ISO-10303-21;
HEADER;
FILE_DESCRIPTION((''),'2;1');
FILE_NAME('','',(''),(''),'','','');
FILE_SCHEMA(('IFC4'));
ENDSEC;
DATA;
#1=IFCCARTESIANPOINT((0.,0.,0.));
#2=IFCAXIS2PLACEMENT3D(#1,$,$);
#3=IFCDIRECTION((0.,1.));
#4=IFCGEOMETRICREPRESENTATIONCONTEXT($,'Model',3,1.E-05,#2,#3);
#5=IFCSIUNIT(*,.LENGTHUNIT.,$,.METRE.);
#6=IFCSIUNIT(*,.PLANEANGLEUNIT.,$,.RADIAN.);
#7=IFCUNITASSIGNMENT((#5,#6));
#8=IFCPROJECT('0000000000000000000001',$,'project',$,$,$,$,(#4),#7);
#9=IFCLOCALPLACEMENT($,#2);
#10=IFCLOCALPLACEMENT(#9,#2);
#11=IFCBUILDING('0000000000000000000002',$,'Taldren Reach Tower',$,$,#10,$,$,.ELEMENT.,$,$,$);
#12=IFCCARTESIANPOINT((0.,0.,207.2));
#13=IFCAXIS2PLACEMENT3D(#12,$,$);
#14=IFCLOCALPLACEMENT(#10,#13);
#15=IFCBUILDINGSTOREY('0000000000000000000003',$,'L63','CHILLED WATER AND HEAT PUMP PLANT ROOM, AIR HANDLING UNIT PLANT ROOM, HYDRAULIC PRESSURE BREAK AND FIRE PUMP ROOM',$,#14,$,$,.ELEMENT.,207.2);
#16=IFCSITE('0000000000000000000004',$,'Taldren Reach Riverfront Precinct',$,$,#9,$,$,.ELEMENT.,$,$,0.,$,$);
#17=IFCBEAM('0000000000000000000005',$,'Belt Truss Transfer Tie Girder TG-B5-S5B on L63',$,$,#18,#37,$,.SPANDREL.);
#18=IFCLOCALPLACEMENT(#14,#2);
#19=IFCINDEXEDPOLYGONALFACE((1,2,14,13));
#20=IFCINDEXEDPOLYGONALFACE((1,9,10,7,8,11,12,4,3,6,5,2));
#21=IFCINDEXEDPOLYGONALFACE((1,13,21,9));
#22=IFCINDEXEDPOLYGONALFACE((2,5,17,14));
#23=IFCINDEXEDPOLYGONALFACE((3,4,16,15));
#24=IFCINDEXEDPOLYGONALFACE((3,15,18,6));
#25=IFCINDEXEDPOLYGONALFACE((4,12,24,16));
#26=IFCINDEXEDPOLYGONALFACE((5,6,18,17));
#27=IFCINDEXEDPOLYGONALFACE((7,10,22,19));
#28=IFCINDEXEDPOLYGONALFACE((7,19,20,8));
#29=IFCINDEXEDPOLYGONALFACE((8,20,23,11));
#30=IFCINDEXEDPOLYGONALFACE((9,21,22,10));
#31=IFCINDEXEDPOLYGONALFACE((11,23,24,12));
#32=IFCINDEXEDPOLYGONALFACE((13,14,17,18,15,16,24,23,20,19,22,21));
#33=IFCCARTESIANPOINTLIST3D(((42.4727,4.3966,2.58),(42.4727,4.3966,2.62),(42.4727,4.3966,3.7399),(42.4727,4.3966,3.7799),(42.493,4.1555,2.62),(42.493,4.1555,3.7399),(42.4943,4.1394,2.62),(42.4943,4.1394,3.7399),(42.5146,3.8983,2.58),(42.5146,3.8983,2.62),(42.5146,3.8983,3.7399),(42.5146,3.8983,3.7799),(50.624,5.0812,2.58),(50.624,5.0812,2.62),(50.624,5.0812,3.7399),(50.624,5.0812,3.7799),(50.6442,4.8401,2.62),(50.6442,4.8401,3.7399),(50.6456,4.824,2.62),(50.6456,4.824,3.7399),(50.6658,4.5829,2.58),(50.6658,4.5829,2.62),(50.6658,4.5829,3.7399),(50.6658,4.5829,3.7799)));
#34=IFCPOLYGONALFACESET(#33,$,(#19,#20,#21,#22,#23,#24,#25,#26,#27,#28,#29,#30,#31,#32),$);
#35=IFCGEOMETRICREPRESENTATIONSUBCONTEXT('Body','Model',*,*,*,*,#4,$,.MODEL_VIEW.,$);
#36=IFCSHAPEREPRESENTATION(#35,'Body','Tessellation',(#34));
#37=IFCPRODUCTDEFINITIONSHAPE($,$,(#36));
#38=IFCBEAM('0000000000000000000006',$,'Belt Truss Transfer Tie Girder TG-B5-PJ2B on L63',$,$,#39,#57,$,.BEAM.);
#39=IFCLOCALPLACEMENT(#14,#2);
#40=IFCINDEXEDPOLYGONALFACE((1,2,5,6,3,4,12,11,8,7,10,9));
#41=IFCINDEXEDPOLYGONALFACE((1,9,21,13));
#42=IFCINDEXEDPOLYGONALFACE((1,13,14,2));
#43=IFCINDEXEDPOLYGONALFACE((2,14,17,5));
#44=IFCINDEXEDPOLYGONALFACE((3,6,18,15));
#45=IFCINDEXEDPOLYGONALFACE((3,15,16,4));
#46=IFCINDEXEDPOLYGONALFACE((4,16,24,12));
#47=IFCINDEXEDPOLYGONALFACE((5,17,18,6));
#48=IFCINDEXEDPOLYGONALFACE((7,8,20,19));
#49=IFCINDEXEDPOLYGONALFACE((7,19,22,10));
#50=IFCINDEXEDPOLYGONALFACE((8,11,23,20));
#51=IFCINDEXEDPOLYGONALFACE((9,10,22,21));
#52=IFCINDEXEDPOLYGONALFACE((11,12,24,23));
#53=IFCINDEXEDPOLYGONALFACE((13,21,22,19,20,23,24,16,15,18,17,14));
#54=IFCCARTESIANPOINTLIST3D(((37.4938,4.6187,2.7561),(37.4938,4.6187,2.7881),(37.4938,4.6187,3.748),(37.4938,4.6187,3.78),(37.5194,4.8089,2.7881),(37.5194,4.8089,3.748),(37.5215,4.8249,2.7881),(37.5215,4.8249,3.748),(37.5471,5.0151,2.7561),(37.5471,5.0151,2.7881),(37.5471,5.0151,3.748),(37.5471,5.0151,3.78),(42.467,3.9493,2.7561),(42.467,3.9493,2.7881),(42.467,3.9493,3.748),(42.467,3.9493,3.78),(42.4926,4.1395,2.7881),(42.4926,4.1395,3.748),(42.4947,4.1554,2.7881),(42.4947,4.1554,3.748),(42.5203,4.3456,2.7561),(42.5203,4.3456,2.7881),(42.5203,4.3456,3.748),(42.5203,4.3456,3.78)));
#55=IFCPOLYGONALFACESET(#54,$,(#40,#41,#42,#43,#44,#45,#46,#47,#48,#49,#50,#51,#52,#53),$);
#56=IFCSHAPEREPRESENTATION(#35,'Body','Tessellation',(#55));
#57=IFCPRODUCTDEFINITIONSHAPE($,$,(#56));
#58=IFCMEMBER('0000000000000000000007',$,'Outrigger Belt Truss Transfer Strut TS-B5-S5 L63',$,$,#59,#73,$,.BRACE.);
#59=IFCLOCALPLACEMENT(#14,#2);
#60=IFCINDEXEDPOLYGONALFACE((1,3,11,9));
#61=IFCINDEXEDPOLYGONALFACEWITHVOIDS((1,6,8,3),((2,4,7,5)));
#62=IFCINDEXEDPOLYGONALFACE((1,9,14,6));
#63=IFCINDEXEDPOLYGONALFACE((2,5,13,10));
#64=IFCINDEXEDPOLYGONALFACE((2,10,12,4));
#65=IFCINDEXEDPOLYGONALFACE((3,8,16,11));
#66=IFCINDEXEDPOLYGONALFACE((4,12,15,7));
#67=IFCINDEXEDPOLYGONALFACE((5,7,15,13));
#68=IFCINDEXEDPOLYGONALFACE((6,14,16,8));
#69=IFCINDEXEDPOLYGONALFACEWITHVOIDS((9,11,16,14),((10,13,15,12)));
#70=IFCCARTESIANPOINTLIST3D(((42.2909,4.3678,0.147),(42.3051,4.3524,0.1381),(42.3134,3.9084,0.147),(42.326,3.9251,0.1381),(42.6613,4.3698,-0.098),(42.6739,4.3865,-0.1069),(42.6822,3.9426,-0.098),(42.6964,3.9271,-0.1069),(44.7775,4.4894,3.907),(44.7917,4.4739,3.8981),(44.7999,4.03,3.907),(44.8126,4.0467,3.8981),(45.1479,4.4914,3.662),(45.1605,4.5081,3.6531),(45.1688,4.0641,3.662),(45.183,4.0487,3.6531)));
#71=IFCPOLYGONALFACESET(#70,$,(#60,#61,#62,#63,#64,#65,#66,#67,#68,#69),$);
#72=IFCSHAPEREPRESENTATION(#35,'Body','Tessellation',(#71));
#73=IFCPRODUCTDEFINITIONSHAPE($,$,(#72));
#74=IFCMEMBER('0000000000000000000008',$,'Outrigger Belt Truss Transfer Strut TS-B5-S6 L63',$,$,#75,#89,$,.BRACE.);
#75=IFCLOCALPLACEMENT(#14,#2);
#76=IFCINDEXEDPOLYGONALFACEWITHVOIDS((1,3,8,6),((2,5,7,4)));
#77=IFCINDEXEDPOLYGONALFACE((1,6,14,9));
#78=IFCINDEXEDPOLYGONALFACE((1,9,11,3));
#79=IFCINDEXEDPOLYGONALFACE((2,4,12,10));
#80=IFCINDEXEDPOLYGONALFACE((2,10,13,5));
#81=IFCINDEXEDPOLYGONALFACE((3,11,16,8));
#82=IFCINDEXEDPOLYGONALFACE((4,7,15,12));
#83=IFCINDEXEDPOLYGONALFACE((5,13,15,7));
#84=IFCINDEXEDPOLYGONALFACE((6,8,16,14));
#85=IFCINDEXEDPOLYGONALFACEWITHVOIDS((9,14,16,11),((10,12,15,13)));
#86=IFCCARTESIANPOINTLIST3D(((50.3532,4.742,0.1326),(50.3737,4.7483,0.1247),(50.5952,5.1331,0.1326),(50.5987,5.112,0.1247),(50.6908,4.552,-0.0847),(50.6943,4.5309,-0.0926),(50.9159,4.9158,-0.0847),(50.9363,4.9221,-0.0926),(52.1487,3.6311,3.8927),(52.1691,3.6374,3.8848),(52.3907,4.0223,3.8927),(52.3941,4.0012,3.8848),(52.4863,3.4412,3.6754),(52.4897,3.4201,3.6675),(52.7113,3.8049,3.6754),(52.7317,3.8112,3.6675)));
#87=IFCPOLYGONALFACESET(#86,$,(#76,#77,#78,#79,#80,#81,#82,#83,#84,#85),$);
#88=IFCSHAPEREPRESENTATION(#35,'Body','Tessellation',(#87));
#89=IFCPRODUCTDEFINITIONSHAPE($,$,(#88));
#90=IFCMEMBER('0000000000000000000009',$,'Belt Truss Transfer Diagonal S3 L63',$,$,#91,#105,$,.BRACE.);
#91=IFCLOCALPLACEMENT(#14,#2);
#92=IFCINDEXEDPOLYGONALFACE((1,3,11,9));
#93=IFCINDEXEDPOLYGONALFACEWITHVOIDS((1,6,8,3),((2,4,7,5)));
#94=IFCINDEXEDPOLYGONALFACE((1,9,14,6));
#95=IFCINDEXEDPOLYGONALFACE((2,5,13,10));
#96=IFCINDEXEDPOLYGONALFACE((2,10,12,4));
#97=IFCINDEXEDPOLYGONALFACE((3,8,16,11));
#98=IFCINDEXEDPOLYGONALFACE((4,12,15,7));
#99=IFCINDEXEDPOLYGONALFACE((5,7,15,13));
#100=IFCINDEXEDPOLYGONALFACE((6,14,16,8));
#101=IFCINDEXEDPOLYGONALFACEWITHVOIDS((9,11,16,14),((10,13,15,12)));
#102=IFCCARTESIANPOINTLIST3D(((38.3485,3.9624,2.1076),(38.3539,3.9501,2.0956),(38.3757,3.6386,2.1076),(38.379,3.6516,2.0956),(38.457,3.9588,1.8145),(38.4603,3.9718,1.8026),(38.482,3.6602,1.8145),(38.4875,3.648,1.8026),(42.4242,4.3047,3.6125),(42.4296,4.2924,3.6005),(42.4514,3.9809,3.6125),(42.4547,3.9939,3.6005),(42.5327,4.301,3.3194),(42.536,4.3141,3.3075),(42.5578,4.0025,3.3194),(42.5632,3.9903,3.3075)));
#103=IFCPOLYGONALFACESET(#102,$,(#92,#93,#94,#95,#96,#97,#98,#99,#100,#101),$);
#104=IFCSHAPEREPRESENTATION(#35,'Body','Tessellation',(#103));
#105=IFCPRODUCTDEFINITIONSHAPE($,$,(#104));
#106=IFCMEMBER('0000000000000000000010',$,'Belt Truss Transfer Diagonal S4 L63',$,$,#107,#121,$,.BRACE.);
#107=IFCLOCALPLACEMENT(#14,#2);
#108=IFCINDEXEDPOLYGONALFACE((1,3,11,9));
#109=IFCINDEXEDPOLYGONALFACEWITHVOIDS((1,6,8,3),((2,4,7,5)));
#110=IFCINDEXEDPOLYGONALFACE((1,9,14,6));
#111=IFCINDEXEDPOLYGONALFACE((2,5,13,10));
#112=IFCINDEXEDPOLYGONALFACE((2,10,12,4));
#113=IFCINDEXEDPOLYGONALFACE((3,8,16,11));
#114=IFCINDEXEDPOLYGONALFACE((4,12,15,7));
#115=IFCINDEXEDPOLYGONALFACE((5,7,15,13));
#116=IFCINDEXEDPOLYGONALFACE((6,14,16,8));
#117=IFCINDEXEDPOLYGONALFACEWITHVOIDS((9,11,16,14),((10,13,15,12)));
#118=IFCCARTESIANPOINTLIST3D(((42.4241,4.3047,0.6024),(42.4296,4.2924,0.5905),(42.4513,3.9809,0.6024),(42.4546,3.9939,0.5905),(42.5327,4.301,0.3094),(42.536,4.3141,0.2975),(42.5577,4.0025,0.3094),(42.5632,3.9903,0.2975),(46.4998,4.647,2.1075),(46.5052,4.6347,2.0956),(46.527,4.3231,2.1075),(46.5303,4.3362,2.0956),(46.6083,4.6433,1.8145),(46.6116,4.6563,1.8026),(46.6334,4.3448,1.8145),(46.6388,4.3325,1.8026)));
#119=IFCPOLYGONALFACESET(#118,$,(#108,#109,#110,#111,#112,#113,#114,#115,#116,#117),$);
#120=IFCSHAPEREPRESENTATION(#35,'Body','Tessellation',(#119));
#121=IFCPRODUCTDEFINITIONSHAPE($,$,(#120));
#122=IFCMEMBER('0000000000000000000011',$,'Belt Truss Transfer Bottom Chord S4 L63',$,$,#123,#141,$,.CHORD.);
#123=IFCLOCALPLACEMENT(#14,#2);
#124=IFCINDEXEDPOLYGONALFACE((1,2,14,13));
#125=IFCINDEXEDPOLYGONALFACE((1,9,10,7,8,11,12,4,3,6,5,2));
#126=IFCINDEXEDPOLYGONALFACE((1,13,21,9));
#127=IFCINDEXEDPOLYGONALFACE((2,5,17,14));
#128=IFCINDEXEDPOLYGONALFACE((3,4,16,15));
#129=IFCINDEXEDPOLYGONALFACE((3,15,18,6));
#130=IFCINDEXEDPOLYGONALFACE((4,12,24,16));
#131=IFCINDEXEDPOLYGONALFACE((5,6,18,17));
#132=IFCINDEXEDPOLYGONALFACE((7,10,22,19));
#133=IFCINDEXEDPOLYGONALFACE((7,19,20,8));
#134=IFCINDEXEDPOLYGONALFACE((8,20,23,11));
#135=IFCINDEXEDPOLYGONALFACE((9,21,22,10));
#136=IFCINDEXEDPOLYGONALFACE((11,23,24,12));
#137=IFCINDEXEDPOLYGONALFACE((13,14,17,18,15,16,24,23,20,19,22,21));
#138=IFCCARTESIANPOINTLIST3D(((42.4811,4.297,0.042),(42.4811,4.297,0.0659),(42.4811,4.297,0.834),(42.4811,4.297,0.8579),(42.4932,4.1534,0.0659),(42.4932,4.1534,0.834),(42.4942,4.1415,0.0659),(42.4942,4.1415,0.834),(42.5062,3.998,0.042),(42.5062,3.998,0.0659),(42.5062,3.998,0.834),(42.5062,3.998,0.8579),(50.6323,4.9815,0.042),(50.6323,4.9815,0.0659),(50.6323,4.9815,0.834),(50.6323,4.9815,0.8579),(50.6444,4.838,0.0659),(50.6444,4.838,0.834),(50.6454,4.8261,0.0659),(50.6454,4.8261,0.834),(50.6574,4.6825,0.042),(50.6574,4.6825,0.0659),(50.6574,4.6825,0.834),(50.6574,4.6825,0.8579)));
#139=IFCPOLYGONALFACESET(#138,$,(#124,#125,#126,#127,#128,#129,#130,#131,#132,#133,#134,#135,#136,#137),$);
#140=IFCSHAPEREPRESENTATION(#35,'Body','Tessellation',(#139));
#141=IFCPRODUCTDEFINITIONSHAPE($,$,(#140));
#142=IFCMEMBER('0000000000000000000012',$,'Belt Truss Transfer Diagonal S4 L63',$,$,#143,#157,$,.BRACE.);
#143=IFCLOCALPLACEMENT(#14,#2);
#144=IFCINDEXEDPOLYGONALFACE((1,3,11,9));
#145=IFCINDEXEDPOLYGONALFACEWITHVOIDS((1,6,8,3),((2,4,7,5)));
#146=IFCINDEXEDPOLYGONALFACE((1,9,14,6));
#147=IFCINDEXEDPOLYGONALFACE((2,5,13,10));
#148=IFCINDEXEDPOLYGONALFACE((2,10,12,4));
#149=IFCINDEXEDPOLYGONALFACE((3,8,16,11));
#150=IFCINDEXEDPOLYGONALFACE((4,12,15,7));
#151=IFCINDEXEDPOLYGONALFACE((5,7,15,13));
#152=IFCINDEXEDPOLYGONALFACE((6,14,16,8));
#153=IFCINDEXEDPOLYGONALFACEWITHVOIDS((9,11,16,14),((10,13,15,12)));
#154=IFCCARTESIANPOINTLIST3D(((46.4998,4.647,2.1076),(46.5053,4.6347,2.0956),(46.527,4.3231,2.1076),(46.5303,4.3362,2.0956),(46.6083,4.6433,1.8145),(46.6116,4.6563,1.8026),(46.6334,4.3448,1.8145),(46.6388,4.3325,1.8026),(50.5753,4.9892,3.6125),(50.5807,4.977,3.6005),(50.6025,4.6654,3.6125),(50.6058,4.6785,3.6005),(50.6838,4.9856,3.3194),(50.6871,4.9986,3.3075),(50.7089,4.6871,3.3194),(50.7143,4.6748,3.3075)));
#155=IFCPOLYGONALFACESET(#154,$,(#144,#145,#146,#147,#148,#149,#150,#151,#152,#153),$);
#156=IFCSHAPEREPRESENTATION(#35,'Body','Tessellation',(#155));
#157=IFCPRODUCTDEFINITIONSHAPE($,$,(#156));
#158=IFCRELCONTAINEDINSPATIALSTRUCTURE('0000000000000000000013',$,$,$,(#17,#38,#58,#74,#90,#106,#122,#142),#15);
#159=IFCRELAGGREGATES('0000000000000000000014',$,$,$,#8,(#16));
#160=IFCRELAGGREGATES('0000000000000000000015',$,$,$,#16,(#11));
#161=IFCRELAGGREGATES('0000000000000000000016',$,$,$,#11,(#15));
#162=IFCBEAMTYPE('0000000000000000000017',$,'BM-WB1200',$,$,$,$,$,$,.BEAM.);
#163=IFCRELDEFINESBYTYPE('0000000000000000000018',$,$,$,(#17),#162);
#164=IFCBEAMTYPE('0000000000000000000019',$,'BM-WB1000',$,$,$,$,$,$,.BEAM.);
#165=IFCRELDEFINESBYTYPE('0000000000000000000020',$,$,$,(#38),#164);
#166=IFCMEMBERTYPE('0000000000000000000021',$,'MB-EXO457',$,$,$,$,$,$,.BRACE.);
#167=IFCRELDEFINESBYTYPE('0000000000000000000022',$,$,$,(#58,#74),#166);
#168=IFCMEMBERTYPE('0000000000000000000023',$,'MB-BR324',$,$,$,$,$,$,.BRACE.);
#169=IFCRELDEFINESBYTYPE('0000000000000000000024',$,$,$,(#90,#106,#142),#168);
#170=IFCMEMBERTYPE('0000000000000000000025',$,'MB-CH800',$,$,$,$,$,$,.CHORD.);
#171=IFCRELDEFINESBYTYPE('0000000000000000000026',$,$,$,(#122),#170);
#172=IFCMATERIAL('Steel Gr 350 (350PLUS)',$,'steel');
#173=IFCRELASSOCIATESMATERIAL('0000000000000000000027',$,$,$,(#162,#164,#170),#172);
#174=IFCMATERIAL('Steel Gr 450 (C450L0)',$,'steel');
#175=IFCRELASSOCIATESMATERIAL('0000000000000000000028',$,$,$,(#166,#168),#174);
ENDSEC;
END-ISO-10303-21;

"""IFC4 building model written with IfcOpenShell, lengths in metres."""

from ifc_helpers import new_model, si_unit, direction, frame, origin, origin_2d, place, context, subcontext, project, spatial, hollow_rectangle, i_section, extrude, source, transform, mapped, material, material_profile, profile_set, type_object, element, save


model = new_model("IFC4")

# Units and contexts
model_context = context("Model", 3, precision=1e-05, world=origin(), true_north=direction((0.0, 1.0)))
body_context = subcontext(model_context, "Body", "Model", "MODEL_VIEW")
ifc_project = project(units=[si_unit("LENGTHUNIT", "METRE"), si_unit("PLANEANGLEUNIT", "RADIAN")], contexts=[model_context])

# Site, building, storey
site_placement = place(None, origin())
site = spatial("IfcSite", under=ifc_project, at=site_placement, Name="Taldren Reach Riverfront Precinct", CompositionType="ELEMENT", RefElevation=0.0)
building_placement = place(site_placement, origin())
building = spatial("IfcBuilding", under=site, at=building_placement, Name="Taldren Reach Tower", CompositionType="ELEMENT")
storey_placement = place(building_placement, frame((0.0, 0.0, 207.2)))
storey = spatial("IfcBuildingStorey", under=building, at=storey_placement, Name="L63", Description="CHILLED WATER AND HEAT PUMP PLANT ROOM, AIR HANDLING UNIT PLANT ROOM, HYDRAULIC PRESSURE BREAK AND FIRE PUMP ROOM", CompositionType="ELEMENT", Elevation=207.2)

# Shared definitions
ifc_material_1 = material(Name="Steel Gr 350 (350PLUS)", Category="steel")

# Shared definitions
ifc_material_2 = material(Name="Steel Gr 450 (C450L0)", Category="steel")

# Beams
ifc_material_profile_1 = material_profile(ifc_material_1, i_section(OverallWidth=0.5, OverallDepth=1.2, WebThickness=0.0161, FlangeThickness=0.04, at=origin_2d()), Name="1200WB455")
ifc_profile_set_1 = profile_set([ifc_material_profile_1], Name="Steel Gr 350 (350PLUS)")
beam_type_1 = type_object("IfcBeamType", Name="BM-WB1200", PredefinedType="BEAM", material=ifc_profile_set_1)
shared_shape_1 = source(origin(), body_context, "Body", "SweptSolid", [
    extrude(i_section(OverallWidth=0.5, OverallDepth=1.2, WebThickness=0.0161, FlangeThickness=0.04, at=origin_2d()), origin(), (0.0, 0.0, 1.0), 8.1799),
])
beam_1_placement = place(storey_placement, frame((42.4937, 4.1475, 3.1799), z_axis=(0.996492, 0.08369, 0.0), x_axis=(-0.08369, 0.996492, 0.0)))
element("IfcBeam", 1, at=beam_1_placement, inside=storey, type_object=beam_type_1, Name="Belt Truss Transfer Tie Girder TG-B5-S5B on L63", PredefinedType="SPANDREL", context=body_context, shape_type="MappedRepresentation", body=[
    mapped(shared_shape_1, transform((0.0, 0.0, 0.0), scale=1.0)),
])
ifc_material_profile_2 = material_profile(ifc_material_1, i_section(OverallWidth=0.3999, OverallDepth=1.0239, WebThickness=0.0161, FlangeThickness=0.032, at=origin_2d()), Name="1000WB322")
ifc_profile_set_2 = profile_set([ifc_material_profile_2], Name="Steel Gr 350 (350PLUS)")
beam_type_2 = type_object("IfcBeamType", Name="BM-WB1000", PredefinedType="BEAM", material=ifc_profile_set_2)
shared_shape_2 = source(origin(), body_context, "Body", "SweptSolid", [
    extrude(i_section(OverallWidth=0.3999, OverallDepth=1.0239, WebThickness=0.0161, FlangeThickness=0.032, at=origin_2d()), origin(), (0.0, 0.0, 1.0), 5.0181),
])
beam_2_placement = place(storey_placement, frame((42.4937, 4.1475, 3.2681), z_axis=(-0.991061, 0.133406, 0.0), x_axis=(-0.133406, -0.991061, 0.0)))
element("IfcBeam", 2, at=beam_2_placement, inside=storey, type_object=beam_type_2, Name="Belt Truss Transfer Tie Girder TG-B5-PJ2B on L63", PredefinedType="BEAM", context=body_context, shape_type="MappedRepresentation", body=[
    mapped(shared_shape_2, transform((0.0, 0.0, 0.0), scale=1.0)),
])

# Members
ifc_material_profile_3 = material_profile(ifc_material_2, hollow_rectangle(XDim=0.46, YDim=0.46, WallThickness=0.0161, at=origin_2d()), Name="460x460x16.0SHS")
ifc_profile_set_3 = profile_set([ifc_material_profile_3], Name="Steel Gr 450 (C450L0)")
member_type_1 = type_object("IfcMemberType", Name="MB-EXO457", PredefinedType="BRACE", material=ifc_profile_set_3)
shared_shape_3 = source(origin(), body_context, "Body", "SweptSolid", [
    extrude(hollow_rectangle(XDim=0.46, YDim=0.46, WallThickness=0.0161, at=origin_2d()), origin(), (0.0, 0.0, 1.0), 4.5095),
])
member_1_placement = place(storey_placement, frame((42.4937, 4.1475, 0.02), z_axis=(0.551409, 0.026961, 0.833799), x_axis=(-0.048837, 0.998807, 0.0)))
element("IfcMember", 3, at=member_1_placement, inside=storey, type_object=member_type_1, Name="Outrigger Belt Truss Transfer Strut TS-B5-S5 L63", PredefinedType="BRACE", context=body_context, shape_type="MappedRepresentation", body=[
    mapped(shared_shape_3, transform((0.0, 0.0, 0.0), scale=1.0)),
])
shared_shape_4 = source(origin(), body_context, "Body", "SweptSolid", [
    extrude(hollow_rectangle(XDim=0.46, YDim=0.46, WallThickness=0.0161, at=origin_2d()), origin(), (0.0, 0.0, 1.0), 4.3123),
])
member_2_placement = place(storey_placement, frame((50.6448, 4.832, 0.02), z_axis=(0.416355, -0.257604, 0.871945), x_axis=(0.526148, 0.850393, 0.0)))
element("IfcMember", 4, at=member_2_placement, inside=storey, type_object=member_type_1, Name="Outrigger Belt Truss Transfer Strut TS-B5-S6 L63", PredefinedType="BRACE", context=body_context, shape_type="MappedRepresentation", body=[
    mapped(shared_shape_4, transform((0.0, 0.0, 0.0), scale=1.0)),
])
ifc_material_profile_4 = material_profile(ifc_material_2, hollow_rectangle(XDim=0.325, YDim=0.325, WallThickness=0.0127, at=origin_2d()), Name="325x325x12.7SHS")
ifc_profile_set_4 = profile_set([ifc_material_profile_4], Name="Steel Gr 450 (C450L0)")
member_type_2 = type_object("IfcMemberType", Name="MB-BR324", PredefinedType="BRACE", material=ifc_profile_set_4)
shared_shape_5 = source(origin(), body_context, "Body", "SweptSolid", [
    extrude(hollow_rectangle(XDim=0.325, YDim=0.325, WallThickness=0.0127, at=origin_2d()), origin(), (0.0, 0.0, 1.0), 4.3582),
])
for number, where, z_axis, x_axis, name in (
    (5, (38.418, 3.8052, 1.9551), (0.935198, 0.07854, 0.345307), (-0.083688, 0.996492, 0.0), "Belt Truss Transfer Diagonal S3 L63"),
    (6, (42.4937, 4.1475, 0.45), (0.935179, 0.078538, 0.345356), (-0.083688, 0.996492, 0.0), "Belt Truss Transfer Diagonal S4 L63"),
):
    element("IfcMember", number, at=place(storey_placement, frame(where, z_axis=z_axis, x_axis=x_axis)), inside=storey, type_object=member_type_2, Name=name, PredefinedType="BRACE", context=body_context, shape_type="MappedRepresentation", body=[
        mapped(shared_shape_5, transform((0.0, 0.0, 0.0), scale=1.0)),
    ])
ifc_material_profile_5 = material_profile(ifc_material_1, i_section(OverallWidth=0.3, OverallDepth=0.8159, WebThickness=0.012, FlangeThickness=0.0239, at=origin_2d()), Name="800WB192")
ifc_profile_set_5 = profile_set([ifc_material_profile_5], Name="Steel Gr 350 (350PLUS)")
member_type_3 = type_object("IfcMemberType", Name="MB-CH800", PredefinedType="CHORD", material=ifc_profile_set_5)
shared_shape_6 = source(origin(), body_context, "Body", "SweptSolid", [
    extrude(i_section(OverallWidth=0.3, OverallDepth=0.8159, WebThickness=0.012, FlangeThickness=0.0239, at=origin_2d()), origin(), (0.0, 0.0, 1.0), 8.1799),
])
member_3_placement = place(storey_placement, frame((42.4937, 4.1475, 0.45), z_axis=(0.996492, 0.08369, 0.0), x_axis=(-0.08369, 0.996492, 0.0)))
element("IfcMember", 7, at=member_3_placement, inside=storey, type_object=member_type_3, Name="Belt Truss Transfer Bottom Chord S4 L63", PredefinedType="CHORD", context=body_context, shape_type="MappedRepresentation", body=[
    mapped(shared_shape_6, transform((0.0, 0.0, 0.0), scale=1.0)),
])
shared_shape_7 = source(origin(), body_context, "Body", "SweptSolid", [
    extrude(hollow_rectangle(XDim=0.325, YDim=0.325, WallThickness=0.0127, at=origin_2d()), origin(), (0.0, 0.0, 1.0), 4.3579),
])
member_4_placement = place(storey_placement, frame((46.5693, 4.4897, 1.9551), z_axis=(0.935191, 0.078544, 0.345325), x_axis=(-0.083693, 0.996492, 0.0)))
element("IfcMember", 8, at=member_4_placement, inside=storey, type_object=member_type_2, Name="Belt Truss Transfer Diagonal S4 L63", PredefinedType="BRACE", context=body_context, shape_type="MappedRepresentation", body=[
    mapped(shared_shape_7, transform((0.0, 0.0, 0.0), scale=1.0)),
])

save(model, "model.ifc")
